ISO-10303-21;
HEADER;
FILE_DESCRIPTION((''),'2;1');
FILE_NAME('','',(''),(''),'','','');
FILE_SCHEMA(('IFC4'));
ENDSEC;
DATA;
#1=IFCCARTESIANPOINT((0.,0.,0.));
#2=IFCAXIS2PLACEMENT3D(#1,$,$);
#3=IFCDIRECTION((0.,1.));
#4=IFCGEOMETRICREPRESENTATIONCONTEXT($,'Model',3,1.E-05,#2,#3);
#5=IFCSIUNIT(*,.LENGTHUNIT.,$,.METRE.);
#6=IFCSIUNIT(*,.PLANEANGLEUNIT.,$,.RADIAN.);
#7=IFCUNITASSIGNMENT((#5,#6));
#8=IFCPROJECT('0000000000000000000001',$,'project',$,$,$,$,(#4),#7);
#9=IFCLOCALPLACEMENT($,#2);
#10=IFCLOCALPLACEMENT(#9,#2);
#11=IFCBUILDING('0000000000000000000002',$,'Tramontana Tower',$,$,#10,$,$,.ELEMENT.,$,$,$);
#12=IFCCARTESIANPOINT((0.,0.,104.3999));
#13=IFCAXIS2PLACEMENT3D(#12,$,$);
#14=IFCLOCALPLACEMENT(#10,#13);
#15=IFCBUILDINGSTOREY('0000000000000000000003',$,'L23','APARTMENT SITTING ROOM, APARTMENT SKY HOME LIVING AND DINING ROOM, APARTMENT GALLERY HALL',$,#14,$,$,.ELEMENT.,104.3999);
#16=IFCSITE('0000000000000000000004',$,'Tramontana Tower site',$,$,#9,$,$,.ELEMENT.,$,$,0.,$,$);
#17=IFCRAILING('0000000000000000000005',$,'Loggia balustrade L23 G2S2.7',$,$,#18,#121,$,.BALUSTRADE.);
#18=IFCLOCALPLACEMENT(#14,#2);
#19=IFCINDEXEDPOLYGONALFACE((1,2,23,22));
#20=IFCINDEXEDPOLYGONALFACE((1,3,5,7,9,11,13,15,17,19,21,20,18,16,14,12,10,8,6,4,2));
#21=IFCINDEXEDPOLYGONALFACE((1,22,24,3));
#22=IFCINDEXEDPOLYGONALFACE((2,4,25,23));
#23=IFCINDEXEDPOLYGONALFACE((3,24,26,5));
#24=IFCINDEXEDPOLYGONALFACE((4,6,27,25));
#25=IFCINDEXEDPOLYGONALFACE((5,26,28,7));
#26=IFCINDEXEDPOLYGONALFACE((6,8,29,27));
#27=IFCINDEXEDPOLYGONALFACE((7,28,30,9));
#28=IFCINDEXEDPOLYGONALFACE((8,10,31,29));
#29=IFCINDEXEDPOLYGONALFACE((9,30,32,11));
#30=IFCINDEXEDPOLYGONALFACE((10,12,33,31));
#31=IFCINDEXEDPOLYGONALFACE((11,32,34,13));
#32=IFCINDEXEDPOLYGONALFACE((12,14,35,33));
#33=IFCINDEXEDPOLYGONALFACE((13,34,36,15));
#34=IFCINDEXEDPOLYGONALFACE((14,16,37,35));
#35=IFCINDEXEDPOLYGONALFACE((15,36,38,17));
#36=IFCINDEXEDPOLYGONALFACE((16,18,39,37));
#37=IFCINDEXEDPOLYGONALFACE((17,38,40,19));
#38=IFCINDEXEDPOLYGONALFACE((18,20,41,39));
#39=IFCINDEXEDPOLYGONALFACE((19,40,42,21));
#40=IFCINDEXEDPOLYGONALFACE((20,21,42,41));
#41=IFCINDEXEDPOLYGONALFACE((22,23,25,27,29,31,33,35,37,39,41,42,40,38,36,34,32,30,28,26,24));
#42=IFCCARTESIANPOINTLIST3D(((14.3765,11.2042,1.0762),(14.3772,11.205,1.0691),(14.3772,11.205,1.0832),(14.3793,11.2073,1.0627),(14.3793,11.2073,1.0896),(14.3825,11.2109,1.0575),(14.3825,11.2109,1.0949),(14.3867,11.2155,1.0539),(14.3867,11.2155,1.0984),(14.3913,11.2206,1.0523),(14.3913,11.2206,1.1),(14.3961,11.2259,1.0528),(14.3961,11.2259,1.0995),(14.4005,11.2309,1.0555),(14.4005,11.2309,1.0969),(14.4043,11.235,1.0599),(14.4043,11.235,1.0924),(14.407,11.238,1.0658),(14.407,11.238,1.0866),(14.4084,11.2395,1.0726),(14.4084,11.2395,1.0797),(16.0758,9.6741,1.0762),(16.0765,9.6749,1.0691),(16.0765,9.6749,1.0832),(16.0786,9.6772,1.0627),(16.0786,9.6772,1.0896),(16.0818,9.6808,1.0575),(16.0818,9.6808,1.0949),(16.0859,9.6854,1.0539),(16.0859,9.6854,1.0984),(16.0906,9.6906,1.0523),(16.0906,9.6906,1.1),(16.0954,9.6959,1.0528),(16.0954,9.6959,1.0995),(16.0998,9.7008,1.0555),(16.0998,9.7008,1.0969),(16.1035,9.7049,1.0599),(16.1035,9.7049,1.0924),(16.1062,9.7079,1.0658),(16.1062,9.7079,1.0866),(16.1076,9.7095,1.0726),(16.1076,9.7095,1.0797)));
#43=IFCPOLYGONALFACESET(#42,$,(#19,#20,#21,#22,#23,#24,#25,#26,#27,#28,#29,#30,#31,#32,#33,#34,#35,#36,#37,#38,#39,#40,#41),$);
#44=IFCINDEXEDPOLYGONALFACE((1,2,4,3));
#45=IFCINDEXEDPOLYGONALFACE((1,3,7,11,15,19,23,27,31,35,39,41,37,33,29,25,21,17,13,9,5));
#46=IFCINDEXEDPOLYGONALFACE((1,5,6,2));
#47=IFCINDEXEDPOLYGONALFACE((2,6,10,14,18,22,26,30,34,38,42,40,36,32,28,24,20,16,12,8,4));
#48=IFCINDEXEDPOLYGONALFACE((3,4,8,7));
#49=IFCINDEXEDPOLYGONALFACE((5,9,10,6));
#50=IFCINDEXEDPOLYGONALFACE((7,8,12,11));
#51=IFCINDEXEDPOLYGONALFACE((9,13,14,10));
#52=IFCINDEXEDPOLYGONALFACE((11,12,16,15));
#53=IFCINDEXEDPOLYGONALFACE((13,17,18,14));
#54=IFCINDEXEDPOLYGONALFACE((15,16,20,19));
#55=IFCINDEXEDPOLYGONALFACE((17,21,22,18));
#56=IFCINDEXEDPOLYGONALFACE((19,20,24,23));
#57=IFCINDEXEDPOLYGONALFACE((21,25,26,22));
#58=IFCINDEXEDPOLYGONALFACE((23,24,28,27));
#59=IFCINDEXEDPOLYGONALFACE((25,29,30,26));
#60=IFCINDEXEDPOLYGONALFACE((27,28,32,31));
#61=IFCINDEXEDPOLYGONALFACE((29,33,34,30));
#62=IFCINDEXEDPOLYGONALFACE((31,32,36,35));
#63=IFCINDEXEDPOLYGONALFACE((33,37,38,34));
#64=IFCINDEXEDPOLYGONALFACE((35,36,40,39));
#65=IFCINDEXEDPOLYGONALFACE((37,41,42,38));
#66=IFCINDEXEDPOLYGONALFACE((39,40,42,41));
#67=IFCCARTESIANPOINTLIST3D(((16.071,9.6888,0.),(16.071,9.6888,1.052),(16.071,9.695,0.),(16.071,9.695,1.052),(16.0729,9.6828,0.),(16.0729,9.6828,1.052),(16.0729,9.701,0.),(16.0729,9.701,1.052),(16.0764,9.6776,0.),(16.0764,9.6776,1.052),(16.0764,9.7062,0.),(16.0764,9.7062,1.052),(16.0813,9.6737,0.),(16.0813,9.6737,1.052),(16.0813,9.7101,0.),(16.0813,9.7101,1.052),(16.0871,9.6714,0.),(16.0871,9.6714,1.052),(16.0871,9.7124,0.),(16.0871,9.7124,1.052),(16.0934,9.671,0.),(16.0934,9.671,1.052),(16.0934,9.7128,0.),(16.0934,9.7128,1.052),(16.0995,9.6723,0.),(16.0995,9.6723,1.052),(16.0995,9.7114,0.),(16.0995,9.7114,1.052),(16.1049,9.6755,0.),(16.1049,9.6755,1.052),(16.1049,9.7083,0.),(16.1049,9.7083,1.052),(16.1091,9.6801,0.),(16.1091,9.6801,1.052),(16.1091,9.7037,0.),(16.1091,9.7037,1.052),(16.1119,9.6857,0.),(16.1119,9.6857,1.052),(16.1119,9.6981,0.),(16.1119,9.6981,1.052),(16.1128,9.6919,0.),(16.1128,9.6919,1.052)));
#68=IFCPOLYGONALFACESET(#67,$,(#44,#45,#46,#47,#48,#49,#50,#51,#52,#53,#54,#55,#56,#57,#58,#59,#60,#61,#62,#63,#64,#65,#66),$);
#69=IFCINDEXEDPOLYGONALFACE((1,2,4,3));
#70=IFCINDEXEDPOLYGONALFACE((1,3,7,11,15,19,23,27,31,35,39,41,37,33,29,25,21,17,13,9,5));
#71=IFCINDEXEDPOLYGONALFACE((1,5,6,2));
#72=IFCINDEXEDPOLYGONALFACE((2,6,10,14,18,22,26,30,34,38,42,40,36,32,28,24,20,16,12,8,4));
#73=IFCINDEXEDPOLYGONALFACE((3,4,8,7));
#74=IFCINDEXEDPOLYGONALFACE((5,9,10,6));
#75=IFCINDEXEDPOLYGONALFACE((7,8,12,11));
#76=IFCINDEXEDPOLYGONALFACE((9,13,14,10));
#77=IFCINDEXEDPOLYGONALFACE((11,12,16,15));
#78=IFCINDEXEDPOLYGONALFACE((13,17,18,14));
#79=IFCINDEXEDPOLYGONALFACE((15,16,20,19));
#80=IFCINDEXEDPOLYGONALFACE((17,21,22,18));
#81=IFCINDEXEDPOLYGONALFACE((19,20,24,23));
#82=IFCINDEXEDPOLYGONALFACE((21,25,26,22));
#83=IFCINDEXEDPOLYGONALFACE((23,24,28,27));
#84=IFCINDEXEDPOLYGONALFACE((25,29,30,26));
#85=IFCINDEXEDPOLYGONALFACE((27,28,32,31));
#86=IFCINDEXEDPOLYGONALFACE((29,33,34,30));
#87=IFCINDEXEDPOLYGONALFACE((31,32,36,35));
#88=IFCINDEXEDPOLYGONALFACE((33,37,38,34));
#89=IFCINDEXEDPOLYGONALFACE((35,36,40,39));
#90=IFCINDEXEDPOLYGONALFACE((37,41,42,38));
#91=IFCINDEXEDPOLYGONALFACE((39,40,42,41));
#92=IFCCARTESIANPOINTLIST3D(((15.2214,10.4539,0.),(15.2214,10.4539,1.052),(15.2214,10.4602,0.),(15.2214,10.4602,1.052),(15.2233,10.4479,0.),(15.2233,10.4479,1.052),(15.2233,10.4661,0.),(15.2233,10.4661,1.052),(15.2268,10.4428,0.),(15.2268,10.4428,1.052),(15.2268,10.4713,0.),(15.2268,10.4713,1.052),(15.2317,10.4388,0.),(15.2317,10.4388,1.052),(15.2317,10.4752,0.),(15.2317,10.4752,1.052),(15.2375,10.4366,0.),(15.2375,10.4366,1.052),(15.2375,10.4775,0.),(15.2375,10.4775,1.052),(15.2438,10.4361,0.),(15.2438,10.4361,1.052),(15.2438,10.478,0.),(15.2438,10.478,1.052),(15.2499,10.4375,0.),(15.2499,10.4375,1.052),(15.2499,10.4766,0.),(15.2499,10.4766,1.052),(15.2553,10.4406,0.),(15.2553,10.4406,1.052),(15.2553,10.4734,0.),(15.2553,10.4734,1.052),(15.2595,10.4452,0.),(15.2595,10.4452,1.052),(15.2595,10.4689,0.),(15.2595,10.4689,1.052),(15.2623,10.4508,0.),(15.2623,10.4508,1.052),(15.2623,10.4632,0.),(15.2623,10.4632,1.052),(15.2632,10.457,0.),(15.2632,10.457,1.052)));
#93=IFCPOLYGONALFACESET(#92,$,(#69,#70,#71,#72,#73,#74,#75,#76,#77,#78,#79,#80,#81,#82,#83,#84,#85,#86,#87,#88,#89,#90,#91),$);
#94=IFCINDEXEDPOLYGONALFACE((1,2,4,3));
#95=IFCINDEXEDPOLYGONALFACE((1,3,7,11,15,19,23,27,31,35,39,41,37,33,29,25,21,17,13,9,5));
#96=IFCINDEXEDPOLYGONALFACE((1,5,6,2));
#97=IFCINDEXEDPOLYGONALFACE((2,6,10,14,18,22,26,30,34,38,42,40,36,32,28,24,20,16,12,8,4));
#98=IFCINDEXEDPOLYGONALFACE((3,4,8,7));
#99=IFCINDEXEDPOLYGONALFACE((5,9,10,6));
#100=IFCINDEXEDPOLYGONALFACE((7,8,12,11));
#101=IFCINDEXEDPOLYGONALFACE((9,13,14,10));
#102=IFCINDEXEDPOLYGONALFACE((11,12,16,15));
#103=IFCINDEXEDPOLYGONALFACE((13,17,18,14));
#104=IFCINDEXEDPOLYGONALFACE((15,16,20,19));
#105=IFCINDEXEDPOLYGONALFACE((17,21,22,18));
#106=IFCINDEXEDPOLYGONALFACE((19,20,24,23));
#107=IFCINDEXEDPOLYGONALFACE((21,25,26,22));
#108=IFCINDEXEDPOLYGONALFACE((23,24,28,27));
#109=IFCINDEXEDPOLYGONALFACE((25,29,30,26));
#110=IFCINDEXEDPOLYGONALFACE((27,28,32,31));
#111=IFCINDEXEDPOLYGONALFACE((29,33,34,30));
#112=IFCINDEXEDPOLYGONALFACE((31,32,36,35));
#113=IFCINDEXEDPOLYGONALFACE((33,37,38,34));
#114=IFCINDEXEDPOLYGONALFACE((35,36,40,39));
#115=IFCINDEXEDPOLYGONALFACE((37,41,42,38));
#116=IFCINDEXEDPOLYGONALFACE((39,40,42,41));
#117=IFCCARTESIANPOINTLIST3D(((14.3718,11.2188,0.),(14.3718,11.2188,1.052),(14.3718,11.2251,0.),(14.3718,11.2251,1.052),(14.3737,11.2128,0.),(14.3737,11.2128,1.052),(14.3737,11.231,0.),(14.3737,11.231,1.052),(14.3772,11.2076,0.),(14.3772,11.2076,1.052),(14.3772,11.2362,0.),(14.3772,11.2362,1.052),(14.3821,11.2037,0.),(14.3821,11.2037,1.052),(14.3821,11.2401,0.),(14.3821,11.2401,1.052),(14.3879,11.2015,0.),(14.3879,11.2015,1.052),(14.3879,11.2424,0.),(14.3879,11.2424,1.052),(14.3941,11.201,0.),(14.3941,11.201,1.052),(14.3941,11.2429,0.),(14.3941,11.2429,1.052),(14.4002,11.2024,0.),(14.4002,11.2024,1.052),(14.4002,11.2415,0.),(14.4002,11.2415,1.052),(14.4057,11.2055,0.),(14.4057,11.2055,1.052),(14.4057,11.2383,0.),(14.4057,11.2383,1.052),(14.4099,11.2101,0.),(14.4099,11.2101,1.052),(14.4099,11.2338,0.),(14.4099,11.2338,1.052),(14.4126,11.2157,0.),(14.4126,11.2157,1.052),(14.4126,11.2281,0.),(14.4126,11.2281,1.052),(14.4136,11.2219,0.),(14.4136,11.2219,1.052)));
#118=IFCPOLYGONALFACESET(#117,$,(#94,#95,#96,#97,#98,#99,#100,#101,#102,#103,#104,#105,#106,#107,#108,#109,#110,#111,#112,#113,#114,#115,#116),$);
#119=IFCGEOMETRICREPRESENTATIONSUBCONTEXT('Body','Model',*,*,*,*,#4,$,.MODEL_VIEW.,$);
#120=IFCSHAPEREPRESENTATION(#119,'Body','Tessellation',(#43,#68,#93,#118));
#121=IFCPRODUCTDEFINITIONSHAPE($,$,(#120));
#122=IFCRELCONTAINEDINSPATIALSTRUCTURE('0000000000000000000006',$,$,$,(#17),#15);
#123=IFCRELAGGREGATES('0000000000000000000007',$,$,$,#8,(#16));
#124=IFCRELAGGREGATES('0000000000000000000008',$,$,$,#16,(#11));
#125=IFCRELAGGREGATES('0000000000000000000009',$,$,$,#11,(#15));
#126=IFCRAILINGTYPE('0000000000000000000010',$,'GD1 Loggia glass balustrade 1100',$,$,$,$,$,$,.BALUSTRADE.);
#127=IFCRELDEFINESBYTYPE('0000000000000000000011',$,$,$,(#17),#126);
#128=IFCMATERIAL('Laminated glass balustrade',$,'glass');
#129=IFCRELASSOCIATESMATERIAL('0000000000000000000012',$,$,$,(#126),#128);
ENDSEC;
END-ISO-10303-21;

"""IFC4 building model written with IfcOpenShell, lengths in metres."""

from ifc_helpers import new_model, si_unit, direction, frame, origin, origin_2d, place, context, subcontext, project, spatial, circle, extrude, material, type_object, element, save


model = new_model("IFC4")

# Units and contexts
model_context = context("Model", 3, precision=1e-05, world=origin(), true_north=direction((0.0, 1.0)))
body_context = subcontext(model_context, "Body", "Model", "MODEL_VIEW")
ifc_project = project(units=[si_unit("LENGTHUNIT", "METRE"), si_unit("PLANEANGLEUNIT", "RADIAN")], contexts=[model_context])

# Site, building, storey
site_placement = place(None, origin())
site = spatial("IfcSite", under=ifc_project, at=site_placement, Name="Tramontana Tower site", CompositionType="ELEMENT", RefElevation=0.0)
building_placement = place(site_placement, origin())
building = spatial("IfcBuilding", under=site, at=building_placement, Name="Tramontana Tower", CompositionType="ELEMENT")
storey_placement = place(building_placement, frame((0.0, 0.0, 104.3999)))
storey = spatial("IfcBuildingStorey", under=building, at=storey_placement, Name="L23", Description="APARTMENT SITTING ROOM, APARTMENT SKY HOME LIVING AND DINING ROOM, APARTMENT GALLERY HALL", CompositionType="ELEMENT", Elevation=104.3999)

# Railing
ifc_material_1 = material(Name="Laminated glass balustrade", Category="glass")
railing_type = type_object("IfcRailingType", Name="GD1 Loggia glass balustrade 1100", PredefinedType="BALUSTRADE", material=ifc_material_1)
for number, where, name in (
    (1, (16.0918, 9.6919, 0.0), "Loggia balustrade L23 G2S2.7"),
):
    element("IfcRailing", number, at=place(storey_placement, frame(where)), inside=storey, type_object=railing_type, Name=name, PredefinedType="BALUSTRADE", context=body_context, shape_type="SweptSolid", body=[
        extrude(circle(Radius=0.0239, at=origin_2d()), frame((0.0, 0.0, 1.0762), z_axis=(-0.743135, 0.669142, 0.0), x_axis=(-0.669142, -0.743135, 0.0)), (0.0, 0.0, 1.0), 2.2866),
        extrude(circle(Radius=0.021, at=origin_2d()), origin(), (0.0, 0.0, 1.0), 1.052),
        extrude(circle(Radius=0.021, at=origin_2d()), frame((-0.8496, 0.7651, 0.0)), (0.0, 0.0, 1.0), 1.052),
        extrude(circle(Radius=0.021, at=origin_2d()), frame((-1.6992, 1.53, 0.0)), (0.0, 0.0, 1.0), 1.052),
    ])

save(model, "model.ifc")
